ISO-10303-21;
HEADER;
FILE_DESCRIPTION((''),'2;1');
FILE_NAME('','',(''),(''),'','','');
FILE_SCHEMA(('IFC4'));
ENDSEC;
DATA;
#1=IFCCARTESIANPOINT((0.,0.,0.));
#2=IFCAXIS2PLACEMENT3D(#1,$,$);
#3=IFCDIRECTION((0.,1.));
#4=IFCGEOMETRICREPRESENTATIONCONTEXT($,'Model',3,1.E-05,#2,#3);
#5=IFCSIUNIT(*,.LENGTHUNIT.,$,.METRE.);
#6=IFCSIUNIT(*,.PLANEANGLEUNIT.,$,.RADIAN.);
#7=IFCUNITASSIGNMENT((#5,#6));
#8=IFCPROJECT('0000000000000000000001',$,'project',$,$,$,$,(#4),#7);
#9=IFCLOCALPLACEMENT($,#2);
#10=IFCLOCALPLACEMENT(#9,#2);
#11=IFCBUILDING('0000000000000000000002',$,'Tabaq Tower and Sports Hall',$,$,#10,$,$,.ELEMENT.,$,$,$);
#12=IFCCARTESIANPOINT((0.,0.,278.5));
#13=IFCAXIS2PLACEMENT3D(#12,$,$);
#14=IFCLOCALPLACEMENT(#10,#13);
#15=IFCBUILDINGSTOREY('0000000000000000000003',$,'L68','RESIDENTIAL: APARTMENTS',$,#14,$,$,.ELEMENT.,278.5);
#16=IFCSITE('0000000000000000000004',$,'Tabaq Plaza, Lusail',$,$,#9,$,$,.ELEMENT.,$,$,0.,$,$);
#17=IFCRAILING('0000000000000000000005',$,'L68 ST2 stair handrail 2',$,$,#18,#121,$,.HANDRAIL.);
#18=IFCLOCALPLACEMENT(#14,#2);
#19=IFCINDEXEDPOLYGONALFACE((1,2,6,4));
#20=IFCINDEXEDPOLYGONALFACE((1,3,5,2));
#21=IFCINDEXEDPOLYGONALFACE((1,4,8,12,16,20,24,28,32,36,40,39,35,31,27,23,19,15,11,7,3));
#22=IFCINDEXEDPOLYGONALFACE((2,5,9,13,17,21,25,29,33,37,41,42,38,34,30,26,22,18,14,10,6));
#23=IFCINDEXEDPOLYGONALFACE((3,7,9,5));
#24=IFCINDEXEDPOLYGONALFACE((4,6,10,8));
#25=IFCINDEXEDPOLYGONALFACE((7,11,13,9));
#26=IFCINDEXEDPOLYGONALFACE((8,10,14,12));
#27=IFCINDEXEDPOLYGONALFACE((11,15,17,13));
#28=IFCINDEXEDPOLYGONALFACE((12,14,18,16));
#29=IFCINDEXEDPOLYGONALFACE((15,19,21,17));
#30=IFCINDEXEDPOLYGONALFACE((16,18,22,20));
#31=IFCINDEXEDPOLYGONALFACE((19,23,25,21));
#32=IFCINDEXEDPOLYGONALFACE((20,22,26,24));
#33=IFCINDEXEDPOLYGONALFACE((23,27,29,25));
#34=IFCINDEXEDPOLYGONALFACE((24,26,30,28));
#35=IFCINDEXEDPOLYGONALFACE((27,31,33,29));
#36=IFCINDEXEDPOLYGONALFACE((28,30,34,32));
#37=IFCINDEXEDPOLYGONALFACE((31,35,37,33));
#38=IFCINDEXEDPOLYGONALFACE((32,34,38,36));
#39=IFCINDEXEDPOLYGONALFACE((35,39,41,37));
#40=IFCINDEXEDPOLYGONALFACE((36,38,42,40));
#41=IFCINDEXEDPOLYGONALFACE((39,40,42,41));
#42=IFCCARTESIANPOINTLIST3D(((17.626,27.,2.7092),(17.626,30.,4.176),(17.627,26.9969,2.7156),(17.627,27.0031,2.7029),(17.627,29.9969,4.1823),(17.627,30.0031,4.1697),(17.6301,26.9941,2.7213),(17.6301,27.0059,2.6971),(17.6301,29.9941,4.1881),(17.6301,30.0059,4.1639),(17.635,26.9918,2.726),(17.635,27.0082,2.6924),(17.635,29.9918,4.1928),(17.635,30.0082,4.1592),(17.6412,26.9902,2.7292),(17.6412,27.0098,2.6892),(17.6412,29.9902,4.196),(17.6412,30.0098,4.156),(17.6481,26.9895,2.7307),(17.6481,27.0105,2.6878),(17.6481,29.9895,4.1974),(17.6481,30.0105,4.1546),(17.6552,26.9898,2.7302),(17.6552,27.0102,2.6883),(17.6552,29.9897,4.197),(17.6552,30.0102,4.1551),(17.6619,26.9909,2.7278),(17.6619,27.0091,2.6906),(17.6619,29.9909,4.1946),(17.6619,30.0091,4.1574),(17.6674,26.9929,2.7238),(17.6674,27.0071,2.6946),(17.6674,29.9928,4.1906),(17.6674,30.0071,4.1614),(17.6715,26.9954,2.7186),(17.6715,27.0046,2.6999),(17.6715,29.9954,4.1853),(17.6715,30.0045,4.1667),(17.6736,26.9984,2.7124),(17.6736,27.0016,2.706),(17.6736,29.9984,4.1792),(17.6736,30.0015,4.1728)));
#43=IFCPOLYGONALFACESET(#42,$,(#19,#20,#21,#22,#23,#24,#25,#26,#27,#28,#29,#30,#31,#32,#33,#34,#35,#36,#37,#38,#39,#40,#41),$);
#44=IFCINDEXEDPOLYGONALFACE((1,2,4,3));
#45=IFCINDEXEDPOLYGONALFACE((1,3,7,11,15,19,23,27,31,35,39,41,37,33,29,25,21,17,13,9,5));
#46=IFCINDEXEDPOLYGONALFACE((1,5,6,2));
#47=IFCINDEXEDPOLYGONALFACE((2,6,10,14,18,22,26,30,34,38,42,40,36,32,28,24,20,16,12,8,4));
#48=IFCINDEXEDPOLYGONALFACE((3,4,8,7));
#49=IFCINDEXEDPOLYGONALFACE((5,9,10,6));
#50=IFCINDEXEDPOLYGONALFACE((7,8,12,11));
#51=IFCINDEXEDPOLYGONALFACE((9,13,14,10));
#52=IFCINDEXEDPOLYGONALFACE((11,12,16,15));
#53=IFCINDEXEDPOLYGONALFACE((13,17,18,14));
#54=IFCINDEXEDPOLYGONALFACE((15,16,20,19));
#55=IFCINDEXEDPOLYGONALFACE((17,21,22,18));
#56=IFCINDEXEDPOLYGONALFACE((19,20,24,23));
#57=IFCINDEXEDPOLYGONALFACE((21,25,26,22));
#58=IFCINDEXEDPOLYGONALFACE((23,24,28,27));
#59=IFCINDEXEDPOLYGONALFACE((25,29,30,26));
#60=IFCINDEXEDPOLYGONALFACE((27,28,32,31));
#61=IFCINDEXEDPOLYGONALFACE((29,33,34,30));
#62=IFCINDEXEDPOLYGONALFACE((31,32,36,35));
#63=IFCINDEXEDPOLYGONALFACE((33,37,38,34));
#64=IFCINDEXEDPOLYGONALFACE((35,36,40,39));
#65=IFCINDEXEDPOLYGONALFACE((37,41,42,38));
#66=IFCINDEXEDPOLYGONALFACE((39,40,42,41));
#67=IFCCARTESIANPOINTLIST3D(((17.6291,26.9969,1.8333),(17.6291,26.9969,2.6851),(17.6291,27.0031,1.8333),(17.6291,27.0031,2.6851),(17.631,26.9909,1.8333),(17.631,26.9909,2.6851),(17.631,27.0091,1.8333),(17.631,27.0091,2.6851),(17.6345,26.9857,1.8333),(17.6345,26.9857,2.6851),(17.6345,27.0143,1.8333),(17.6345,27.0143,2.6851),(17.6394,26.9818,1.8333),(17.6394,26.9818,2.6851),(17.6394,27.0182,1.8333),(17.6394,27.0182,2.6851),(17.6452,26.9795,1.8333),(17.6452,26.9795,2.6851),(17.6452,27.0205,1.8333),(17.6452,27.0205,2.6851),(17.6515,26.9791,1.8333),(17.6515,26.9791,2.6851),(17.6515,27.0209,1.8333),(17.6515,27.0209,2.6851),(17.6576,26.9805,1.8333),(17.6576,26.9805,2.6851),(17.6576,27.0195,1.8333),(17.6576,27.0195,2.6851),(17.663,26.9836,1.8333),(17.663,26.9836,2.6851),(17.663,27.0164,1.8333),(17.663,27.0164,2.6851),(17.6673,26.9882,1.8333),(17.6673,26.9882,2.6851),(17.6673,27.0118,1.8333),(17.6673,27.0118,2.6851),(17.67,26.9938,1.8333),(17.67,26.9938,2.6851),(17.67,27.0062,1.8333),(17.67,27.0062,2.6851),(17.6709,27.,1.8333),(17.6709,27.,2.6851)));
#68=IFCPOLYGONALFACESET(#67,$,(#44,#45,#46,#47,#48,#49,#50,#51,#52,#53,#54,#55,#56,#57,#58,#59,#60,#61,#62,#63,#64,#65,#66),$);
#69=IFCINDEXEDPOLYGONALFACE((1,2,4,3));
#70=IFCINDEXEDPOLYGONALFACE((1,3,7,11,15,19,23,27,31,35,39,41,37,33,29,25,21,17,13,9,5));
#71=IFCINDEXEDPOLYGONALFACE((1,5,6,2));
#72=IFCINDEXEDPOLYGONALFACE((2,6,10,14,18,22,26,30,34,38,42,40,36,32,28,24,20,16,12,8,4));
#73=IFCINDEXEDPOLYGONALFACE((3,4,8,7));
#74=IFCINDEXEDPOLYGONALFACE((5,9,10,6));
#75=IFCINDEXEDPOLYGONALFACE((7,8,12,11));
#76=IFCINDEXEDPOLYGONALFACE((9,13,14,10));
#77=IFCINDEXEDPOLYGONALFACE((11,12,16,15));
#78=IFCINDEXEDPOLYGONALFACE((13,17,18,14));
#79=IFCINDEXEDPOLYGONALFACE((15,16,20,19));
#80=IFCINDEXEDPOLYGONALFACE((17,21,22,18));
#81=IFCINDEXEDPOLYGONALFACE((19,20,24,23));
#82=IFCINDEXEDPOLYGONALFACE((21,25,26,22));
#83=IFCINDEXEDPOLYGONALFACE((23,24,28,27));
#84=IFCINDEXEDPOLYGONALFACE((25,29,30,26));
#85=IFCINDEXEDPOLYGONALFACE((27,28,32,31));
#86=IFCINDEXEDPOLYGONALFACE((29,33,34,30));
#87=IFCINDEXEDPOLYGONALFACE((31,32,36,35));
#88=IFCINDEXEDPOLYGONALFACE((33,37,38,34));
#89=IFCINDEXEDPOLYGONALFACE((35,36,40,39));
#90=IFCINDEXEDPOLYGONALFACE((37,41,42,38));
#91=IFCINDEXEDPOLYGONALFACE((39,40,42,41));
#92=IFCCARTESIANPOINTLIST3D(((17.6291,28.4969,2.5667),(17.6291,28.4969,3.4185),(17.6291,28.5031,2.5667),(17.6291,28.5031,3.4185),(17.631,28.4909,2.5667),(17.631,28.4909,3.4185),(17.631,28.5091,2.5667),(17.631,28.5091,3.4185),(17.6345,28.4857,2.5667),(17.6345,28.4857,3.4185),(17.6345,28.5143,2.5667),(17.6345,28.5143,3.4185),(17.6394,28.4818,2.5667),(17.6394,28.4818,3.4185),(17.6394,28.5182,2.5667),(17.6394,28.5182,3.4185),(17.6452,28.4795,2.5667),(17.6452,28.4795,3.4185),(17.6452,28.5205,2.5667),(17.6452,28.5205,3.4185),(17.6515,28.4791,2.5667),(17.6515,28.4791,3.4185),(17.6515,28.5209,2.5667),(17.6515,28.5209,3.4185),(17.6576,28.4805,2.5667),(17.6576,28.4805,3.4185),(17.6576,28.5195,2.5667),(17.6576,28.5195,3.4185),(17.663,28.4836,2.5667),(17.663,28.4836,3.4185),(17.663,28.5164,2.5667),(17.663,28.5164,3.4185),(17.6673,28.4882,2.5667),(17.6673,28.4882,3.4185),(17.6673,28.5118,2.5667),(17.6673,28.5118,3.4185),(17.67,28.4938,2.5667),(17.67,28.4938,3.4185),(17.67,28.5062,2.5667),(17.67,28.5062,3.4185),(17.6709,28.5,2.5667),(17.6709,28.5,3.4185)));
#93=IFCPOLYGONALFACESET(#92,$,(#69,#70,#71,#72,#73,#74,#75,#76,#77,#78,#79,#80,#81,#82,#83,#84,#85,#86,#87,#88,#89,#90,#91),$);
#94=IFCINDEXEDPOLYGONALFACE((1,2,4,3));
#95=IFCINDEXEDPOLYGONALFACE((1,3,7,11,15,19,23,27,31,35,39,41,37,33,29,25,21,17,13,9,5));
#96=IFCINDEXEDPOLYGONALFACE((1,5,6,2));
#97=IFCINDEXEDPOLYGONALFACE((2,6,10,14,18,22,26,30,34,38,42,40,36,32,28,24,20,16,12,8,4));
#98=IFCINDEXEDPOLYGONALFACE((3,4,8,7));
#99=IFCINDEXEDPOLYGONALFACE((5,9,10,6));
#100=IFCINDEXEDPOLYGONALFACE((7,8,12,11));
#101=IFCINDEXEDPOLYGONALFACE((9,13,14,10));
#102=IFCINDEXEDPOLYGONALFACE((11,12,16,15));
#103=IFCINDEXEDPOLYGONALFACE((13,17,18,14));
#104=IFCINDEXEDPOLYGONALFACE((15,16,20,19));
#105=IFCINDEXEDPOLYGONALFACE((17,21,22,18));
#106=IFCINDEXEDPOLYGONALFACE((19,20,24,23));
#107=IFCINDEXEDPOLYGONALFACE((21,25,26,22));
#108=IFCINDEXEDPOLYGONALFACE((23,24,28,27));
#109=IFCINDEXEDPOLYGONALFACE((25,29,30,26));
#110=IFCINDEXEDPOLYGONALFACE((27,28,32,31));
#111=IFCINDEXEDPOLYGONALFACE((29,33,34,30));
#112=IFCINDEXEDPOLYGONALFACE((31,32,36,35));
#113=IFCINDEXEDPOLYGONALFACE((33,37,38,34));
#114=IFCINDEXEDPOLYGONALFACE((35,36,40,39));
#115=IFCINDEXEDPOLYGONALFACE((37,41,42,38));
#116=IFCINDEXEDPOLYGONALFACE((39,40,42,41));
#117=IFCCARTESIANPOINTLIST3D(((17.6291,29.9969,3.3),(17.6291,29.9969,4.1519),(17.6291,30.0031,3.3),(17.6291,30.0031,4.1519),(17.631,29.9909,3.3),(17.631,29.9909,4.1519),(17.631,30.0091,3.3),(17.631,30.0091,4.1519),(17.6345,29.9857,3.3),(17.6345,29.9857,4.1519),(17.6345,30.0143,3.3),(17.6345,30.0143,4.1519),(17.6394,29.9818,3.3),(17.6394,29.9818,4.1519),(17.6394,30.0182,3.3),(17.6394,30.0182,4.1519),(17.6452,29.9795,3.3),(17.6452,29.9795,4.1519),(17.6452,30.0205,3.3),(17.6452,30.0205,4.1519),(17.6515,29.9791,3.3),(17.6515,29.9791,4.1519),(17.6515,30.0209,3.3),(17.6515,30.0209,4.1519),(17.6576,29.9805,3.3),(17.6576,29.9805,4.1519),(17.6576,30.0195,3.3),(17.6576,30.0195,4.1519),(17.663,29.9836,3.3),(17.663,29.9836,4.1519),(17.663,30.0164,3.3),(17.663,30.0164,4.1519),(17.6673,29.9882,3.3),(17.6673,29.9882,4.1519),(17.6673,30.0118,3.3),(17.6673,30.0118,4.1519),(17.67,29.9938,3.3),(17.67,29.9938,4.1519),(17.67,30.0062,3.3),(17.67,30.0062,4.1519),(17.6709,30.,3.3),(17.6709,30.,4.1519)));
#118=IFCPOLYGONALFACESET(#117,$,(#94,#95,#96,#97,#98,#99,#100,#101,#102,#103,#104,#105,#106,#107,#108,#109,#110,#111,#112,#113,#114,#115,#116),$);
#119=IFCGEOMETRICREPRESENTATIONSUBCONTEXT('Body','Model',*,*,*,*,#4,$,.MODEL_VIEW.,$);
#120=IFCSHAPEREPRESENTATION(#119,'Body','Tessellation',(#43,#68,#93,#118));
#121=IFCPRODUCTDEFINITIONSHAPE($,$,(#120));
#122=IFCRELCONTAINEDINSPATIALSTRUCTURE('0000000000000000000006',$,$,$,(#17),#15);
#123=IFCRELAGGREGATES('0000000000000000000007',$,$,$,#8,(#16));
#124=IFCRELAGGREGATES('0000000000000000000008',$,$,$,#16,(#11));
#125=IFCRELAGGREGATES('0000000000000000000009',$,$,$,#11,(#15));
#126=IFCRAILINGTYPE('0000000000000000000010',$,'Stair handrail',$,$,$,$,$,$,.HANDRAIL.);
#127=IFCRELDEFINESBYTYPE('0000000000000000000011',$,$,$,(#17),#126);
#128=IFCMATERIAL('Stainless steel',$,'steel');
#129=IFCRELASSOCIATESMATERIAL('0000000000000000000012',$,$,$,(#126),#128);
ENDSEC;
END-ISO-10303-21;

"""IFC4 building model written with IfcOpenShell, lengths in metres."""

from ifc_helpers import new_model, si_unit, direction, frame, origin, origin_2d, place, context, subcontext, project, spatial, circle, extrude, material, type_object, element, save


model = new_model("IFC4")

# Units and contexts
model_context = context("Model", 3, precision=1e-05, world=origin(), true_north=direction((0.0, 1.0)))
body_context = subcontext(model_context, "Body", "Model", "MODEL_VIEW")
ifc_project = project(units=[si_unit("LENGTHUNIT", "METRE"), si_unit("PLANEANGLEUNIT", "RADIAN")], contexts=[model_context])

# Site, building, storey
site_placement = place(None, origin())
site = spatial("IfcSite", under=ifc_project, at=site_placement, Name="Tabaq Plaza, Lusail", CompositionType="ELEMENT", RefElevation=0.0)
building_placement = place(site_placement, origin())
building = spatial("IfcBuilding", under=site, at=building_placement, Name="Tabaq Tower and Sports Hall", CompositionType="ELEMENT")
storey_placement = place(building_placement, frame((0.0, 0.0, 278.5)))
storey = spatial("IfcBuildingStorey", under=building, at=storey_placement, Name="L68", Description="RESIDENTIAL: APARTMENTS", CompositionType="ELEMENT", Elevation=278.5)

# Railing
ifc_material_1 = material(Name="Stainless steel", Category="steel")
railing_type_1 = type_object("IfcRailingType", Name="Stair handrail", PredefinedType="HANDRAIL", material=ifc_material_1)
railing_1_placement = place(storey_placement, frame((17.6499, 27.0, 1.8333)))
element("IfcRailing", 1, at=railing_1_placement, inside=storey, type_object=railing_type_1, Name="L68 ST2 stair handrail 2", PredefinedType="HANDRAIL", context=body_context, shape_type="SweptSolid", body=[
    extrude(circle(Radius=0.0239, at=origin_2d()), frame((0.0, 0.0, 0.876), z_axis=(0.0, 0.898369, 0.439242), x_axis=(-1.0, 0.0, 0.0)), (0.0, 0.0, 1.0), 3.3394),
    extrude(circle(Radius=0.021, at=origin_2d()), origin(), (0.0, 0.0, 1.0), 0.8518),
    extrude(circle(Radius=0.021, at=origin_2d()), frame((0.0, 1.5, 0.7334)), (0.0, 0.0, 1.0), 0.8518),
    extrude(circle(Radius=0.021, at=origin_2d()), frame((0.0, 3.0, 1.4668)), (0.0, 0.0, 1.0), 0.8518),
])

save(model, "model.ifc")
